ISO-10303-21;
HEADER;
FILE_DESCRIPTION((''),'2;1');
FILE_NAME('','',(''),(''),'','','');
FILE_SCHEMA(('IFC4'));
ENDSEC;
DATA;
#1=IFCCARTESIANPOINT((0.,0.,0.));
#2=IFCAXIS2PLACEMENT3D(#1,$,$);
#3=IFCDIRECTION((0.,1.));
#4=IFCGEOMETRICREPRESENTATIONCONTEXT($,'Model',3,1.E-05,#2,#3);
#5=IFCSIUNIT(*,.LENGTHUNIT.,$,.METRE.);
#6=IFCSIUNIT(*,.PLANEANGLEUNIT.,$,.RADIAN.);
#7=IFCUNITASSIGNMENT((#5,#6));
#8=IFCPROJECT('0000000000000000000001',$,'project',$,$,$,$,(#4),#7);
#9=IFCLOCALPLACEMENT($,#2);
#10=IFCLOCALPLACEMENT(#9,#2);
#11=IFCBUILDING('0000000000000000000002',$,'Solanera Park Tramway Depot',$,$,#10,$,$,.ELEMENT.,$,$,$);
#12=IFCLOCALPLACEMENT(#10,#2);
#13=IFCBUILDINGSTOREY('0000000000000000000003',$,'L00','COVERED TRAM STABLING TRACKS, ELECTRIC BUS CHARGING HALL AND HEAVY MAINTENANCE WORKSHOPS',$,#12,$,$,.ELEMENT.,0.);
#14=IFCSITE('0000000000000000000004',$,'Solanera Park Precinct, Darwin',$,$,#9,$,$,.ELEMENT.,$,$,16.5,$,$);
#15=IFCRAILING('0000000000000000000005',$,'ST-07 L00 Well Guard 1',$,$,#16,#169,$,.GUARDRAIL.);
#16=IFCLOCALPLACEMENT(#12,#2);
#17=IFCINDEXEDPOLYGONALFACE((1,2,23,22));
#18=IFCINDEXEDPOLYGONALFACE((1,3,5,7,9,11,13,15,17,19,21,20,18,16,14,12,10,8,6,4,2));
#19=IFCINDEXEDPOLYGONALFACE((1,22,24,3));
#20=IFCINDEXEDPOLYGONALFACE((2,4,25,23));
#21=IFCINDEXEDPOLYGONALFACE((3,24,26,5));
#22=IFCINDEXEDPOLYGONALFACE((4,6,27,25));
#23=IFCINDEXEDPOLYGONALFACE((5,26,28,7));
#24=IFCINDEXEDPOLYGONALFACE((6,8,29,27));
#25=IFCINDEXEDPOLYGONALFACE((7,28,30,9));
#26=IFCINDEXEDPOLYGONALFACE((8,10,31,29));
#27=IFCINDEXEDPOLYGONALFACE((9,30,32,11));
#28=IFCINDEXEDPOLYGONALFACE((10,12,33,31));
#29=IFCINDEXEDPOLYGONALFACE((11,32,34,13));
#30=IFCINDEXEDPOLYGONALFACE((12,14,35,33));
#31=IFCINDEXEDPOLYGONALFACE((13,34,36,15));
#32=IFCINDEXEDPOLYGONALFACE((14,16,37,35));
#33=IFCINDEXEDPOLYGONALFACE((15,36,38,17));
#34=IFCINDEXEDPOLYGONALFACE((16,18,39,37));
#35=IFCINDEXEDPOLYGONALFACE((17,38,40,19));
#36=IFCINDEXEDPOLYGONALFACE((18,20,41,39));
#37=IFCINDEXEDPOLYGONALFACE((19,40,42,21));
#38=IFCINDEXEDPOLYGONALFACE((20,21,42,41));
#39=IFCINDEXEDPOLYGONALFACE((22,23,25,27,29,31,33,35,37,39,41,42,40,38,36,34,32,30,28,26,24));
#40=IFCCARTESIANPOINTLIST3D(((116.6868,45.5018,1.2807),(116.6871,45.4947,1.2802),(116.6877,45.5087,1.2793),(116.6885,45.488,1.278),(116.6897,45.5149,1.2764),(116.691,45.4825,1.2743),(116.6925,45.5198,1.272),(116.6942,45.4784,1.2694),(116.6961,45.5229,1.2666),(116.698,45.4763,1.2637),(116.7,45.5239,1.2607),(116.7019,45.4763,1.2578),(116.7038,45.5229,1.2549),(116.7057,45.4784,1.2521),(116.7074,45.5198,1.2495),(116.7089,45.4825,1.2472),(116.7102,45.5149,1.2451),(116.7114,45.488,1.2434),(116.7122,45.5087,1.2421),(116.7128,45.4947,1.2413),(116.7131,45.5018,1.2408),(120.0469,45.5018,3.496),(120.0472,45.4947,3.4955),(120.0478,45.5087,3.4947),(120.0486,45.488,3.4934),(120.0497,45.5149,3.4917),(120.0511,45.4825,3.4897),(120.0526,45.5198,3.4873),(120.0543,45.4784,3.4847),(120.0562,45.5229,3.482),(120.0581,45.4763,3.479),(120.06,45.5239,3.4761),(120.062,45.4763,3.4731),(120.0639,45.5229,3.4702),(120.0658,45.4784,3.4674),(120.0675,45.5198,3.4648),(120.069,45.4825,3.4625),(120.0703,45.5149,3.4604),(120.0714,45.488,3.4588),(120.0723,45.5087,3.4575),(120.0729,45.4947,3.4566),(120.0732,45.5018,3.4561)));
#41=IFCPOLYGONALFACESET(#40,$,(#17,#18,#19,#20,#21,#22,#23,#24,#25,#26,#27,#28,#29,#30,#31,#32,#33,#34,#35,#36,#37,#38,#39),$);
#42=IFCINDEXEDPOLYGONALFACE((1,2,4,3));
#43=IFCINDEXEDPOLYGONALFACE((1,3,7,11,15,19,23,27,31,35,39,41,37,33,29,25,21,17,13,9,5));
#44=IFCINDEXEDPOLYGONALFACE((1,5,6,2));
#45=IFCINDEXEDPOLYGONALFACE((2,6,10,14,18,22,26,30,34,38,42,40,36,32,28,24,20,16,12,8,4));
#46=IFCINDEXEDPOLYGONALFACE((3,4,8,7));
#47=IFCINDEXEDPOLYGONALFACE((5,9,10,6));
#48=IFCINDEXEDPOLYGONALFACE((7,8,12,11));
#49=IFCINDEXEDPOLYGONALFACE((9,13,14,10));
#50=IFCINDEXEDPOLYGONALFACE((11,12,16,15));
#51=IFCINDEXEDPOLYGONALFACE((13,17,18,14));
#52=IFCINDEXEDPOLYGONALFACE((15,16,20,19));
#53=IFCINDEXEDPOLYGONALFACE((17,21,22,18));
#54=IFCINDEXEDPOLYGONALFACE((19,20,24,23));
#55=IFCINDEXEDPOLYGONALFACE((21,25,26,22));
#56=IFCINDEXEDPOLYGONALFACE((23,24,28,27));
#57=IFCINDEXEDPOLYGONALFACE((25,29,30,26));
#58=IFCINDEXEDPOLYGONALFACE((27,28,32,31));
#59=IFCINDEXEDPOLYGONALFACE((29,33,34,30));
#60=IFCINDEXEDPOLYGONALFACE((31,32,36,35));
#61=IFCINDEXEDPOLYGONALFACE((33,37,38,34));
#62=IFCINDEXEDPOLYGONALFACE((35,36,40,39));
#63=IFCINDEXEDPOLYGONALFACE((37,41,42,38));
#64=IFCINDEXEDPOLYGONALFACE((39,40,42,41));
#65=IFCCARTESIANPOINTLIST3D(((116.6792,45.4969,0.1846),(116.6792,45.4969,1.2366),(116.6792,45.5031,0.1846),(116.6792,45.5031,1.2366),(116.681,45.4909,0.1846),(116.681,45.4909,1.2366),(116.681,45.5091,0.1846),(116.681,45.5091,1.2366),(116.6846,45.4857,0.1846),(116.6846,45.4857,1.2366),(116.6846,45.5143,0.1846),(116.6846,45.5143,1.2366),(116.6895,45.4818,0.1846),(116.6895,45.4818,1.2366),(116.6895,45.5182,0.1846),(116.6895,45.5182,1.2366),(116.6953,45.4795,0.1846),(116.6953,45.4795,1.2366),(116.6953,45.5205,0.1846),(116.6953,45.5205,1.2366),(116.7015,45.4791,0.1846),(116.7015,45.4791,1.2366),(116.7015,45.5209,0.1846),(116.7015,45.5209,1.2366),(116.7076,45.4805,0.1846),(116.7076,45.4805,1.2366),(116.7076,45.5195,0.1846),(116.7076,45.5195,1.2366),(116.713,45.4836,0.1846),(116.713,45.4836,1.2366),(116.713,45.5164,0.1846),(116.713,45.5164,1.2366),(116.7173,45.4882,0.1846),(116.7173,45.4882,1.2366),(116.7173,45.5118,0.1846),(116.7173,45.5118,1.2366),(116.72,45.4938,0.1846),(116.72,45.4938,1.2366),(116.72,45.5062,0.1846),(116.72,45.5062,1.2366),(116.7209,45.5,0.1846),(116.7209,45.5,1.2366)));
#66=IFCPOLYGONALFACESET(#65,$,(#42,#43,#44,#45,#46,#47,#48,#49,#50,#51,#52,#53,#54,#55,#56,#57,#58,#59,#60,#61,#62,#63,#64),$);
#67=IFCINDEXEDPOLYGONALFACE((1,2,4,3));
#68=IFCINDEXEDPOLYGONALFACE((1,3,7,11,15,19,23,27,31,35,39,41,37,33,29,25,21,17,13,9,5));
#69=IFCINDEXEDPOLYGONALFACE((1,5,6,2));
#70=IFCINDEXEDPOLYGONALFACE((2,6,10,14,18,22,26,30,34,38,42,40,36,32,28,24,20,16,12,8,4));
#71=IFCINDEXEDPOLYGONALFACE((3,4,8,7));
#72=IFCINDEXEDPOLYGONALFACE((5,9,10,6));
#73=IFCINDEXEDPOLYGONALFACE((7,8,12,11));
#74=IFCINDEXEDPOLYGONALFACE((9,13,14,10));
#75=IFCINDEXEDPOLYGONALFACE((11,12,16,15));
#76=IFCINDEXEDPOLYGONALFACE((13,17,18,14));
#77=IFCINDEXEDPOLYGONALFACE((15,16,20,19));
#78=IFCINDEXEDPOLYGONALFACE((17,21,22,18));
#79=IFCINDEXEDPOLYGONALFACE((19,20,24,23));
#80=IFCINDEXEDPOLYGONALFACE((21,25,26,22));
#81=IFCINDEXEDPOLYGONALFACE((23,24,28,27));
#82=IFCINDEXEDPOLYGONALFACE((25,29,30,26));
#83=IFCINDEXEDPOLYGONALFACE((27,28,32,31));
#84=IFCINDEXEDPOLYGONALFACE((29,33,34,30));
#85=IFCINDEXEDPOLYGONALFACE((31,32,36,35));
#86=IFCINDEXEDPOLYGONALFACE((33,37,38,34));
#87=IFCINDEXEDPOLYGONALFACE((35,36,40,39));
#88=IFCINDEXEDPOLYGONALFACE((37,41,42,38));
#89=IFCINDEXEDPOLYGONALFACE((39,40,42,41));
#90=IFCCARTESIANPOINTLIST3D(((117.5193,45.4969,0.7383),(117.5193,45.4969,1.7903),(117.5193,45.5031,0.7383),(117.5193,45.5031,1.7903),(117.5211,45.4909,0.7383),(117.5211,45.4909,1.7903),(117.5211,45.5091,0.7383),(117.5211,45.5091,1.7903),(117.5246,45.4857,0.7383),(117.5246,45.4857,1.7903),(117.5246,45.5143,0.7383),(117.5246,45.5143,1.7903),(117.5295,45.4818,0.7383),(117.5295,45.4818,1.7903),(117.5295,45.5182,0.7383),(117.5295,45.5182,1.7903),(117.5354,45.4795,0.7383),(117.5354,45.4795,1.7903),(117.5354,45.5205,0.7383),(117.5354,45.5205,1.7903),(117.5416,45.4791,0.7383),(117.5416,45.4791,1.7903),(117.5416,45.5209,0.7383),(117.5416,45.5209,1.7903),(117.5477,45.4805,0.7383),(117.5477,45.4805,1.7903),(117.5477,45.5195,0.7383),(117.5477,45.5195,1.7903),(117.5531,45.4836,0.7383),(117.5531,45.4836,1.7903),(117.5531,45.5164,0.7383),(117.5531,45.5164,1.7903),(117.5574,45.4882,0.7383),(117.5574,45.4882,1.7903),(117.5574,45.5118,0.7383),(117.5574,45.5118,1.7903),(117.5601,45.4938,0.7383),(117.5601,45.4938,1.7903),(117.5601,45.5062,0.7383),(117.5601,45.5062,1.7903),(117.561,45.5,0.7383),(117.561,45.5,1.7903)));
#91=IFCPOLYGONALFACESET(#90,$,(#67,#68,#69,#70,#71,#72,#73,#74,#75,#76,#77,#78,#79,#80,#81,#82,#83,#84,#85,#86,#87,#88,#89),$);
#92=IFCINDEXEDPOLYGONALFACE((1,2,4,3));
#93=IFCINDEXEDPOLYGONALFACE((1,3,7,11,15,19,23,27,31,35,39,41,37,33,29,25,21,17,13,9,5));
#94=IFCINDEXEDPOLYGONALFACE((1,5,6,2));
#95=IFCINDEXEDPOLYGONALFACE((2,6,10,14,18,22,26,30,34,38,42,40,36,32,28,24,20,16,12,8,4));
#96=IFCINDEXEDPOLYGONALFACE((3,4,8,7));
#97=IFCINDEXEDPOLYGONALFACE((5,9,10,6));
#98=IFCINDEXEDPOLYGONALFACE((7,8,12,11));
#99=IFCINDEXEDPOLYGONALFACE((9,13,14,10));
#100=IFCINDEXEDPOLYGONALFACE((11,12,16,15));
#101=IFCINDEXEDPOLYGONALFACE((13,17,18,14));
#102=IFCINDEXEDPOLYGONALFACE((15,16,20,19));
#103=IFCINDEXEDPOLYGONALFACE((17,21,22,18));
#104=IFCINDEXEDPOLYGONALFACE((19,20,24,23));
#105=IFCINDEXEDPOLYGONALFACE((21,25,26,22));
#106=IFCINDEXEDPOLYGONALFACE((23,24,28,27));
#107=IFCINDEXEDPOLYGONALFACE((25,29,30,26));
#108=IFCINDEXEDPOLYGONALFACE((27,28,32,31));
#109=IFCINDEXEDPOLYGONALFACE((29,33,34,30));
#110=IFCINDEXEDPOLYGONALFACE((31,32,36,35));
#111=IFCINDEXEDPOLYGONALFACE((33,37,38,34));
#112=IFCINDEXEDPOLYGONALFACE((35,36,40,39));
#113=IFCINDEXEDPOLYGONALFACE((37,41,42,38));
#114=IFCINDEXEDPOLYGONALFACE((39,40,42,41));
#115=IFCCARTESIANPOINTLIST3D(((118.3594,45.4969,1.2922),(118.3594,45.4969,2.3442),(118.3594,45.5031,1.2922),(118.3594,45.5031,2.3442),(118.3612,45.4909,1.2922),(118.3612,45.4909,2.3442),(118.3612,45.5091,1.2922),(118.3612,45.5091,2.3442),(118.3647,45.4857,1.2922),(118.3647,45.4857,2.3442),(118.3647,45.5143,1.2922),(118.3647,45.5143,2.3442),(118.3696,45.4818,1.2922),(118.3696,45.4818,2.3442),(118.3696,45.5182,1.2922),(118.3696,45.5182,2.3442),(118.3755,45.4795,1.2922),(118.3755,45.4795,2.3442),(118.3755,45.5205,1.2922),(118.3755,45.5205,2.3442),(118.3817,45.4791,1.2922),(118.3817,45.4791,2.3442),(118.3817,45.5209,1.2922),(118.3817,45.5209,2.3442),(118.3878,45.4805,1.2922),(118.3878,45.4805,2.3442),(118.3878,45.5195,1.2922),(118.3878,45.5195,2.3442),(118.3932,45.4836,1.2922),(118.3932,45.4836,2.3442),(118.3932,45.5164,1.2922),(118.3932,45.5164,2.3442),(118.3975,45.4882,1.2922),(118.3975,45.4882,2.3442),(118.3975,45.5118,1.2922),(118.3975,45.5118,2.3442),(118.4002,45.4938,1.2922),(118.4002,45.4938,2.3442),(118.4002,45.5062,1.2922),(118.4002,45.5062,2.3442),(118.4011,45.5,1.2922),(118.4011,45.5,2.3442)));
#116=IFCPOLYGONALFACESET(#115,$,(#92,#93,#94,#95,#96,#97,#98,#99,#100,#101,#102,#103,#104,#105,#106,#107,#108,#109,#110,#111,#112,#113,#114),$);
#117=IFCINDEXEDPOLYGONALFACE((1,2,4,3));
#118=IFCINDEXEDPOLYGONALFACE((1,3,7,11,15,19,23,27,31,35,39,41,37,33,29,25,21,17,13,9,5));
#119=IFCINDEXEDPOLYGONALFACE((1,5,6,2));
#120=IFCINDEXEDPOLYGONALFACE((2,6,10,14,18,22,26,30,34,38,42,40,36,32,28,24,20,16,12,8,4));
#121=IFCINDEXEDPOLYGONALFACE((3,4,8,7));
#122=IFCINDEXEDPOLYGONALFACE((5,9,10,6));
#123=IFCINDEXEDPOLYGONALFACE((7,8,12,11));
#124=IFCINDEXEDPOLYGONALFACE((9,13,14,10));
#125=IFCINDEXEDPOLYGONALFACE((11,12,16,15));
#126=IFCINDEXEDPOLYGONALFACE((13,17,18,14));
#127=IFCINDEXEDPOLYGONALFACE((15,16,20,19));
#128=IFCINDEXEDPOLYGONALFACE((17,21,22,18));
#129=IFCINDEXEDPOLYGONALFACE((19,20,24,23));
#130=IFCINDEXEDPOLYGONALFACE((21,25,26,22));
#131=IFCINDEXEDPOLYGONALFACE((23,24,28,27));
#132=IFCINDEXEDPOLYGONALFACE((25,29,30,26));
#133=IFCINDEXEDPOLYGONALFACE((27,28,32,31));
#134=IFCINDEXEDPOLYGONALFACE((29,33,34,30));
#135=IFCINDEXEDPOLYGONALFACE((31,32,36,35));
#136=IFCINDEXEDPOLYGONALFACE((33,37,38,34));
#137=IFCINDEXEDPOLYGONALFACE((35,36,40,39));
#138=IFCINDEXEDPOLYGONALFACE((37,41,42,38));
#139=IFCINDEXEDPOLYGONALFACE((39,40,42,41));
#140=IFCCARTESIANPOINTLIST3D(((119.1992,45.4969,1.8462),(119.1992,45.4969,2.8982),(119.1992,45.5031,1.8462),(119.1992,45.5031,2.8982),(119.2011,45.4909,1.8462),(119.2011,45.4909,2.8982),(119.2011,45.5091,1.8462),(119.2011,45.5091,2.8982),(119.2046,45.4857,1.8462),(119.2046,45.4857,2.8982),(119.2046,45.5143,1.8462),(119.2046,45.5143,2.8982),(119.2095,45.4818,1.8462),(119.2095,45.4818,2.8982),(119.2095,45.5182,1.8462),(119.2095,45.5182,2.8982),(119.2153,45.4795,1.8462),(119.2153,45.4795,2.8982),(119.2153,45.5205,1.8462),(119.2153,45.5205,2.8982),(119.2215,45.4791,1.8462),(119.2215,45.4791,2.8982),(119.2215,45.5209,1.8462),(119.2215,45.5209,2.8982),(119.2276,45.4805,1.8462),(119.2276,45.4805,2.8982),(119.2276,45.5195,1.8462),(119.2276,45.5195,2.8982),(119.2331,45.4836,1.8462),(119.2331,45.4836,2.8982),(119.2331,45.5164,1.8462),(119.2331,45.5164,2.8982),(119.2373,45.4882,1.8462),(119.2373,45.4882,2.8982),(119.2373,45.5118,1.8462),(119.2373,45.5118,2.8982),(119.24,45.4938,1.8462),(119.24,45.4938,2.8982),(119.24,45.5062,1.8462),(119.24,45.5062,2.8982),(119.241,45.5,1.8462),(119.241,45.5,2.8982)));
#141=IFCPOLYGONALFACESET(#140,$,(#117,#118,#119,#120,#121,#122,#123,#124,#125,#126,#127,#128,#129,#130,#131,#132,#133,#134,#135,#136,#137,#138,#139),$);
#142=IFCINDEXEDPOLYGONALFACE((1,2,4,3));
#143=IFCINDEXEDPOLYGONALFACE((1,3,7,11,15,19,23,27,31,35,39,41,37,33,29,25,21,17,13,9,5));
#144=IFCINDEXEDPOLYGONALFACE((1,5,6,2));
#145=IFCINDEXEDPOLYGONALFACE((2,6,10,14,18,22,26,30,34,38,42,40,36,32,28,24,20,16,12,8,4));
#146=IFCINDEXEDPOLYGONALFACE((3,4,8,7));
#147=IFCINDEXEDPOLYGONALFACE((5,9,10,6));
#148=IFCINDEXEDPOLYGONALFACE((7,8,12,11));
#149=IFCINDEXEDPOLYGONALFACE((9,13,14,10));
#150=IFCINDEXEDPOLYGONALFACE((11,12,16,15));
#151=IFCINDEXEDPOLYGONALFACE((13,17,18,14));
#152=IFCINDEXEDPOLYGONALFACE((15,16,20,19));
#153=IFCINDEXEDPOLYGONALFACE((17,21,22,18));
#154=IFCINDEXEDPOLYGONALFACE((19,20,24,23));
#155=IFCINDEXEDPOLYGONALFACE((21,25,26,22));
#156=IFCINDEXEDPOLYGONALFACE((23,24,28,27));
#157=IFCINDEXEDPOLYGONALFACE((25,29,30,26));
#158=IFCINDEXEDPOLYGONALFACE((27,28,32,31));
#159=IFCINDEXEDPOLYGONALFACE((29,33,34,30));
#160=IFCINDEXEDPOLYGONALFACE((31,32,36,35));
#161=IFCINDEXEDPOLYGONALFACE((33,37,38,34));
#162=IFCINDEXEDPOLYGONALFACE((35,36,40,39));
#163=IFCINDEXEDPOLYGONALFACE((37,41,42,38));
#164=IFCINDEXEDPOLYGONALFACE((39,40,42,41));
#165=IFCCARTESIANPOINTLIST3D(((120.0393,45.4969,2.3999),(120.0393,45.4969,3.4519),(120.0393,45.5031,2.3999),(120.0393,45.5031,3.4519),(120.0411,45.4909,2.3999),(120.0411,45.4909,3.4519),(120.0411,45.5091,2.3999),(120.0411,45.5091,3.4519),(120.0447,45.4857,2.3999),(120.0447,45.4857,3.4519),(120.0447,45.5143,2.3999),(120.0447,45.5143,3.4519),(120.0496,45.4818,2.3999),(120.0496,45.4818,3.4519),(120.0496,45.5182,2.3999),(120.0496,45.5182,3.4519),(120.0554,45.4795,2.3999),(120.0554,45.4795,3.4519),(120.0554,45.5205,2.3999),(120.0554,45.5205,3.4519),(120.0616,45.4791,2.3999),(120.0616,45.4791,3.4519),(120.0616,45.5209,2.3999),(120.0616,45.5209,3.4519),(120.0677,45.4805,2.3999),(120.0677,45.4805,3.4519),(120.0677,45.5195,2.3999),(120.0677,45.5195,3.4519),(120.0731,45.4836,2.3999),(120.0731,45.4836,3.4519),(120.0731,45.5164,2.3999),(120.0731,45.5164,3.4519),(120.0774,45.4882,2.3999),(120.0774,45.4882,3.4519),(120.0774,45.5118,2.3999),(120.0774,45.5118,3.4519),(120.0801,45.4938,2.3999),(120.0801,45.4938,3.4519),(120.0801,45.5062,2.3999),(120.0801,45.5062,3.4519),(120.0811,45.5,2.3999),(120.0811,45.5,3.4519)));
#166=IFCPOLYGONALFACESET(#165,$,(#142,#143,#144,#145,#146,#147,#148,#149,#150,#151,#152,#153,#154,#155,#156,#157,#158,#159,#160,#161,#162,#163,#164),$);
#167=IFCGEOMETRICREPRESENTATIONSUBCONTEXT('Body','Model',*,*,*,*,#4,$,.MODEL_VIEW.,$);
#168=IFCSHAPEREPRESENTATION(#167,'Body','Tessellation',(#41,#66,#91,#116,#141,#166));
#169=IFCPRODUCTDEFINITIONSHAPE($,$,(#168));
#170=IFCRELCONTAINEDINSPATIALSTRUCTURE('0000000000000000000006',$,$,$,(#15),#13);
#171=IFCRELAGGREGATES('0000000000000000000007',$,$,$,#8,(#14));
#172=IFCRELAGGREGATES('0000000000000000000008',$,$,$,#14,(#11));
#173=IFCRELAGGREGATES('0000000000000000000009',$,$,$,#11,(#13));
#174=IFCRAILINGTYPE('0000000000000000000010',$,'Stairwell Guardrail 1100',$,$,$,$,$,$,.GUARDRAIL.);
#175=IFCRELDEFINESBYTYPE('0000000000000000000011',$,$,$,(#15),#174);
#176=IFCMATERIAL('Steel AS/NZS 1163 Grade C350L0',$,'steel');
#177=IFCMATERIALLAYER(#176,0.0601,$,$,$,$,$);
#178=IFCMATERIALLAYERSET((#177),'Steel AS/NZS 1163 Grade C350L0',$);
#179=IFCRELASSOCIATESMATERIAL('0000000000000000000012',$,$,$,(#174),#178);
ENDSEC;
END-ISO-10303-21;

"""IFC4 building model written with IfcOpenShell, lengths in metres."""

from ifc_helpers import new_model, si_unit, direction, frame, origin, origin_2d, place, context, subcontext, project, spatial, circle, extrude, material, layer, layer_set, type_object, element, save


model = new_model("IFC4")

# Units and contexts
model_context = context("Model", 3, precision=1e-05, world=origin(), true_north=direction((0.0, 1.0)))
body_context = subcontext(model_context, "Body", "Model", "MODEL_VIEW")
ifc_project = project(units=[si_unit("LENGTHUNIT", "METRE"), si_unit("PLANEANGLEUNIT", "RADIAN")], contexts=[model_context])

# Site, building, storey
site_placement = place(None, origin())
site = spatial("IfcSite", under=ifc_project, at=site_placement, Name="Solanera Park Precinct, Darwin", CompositionType="ELEMENT", RefElevation=16.5)
building_placement = place(site_placement, origin())
building = spatial("IfcBuilding", under=site, at=building_placement, Name="Solanera Park Tramway Depot", CompositionType="ELEMENT")
storey_placement = place(building_placement, origin())
storey = spatial("IfcBuildingStorey", under=building, at=storey_placement, Name="L00", Description="COVERED TRAM STABLING TRACKS, ELECTRIC BUS CHARGING HALL AND HEAVY MAINTENANCE WORKSHOPS", CompositionType="ELEMENT", Elevation=0.0)

# Railing
ifc_material_1 = material(Name="Steel AS/NZS 1163 Grade C350L0", Category="steel")
ifc_layer_1 = layer(ifc_material_1, 0.0601)
ifc_layer_set_1 = layer_set([ifc_layer_1], Name="Steel AS/NZS 1163 Grade C350L0")
railing_type_1 = type_object("IfcRailingType", Name="Stairwell Guardrail 1100", PredefinedType="GUARDRAIL", material=ifc_layer_set_1)
railing_1_placement = place(storey_placement, frame((116.7, 45.5, 0.1846)))
element("IfcRailing", 1, at=railing_1_placement, inside=storey, type_object=railing_type_1, Name="ST-07 L00 Well Guard 1", PredefinedType="GUARDRAIL", context=body_context, shape_type="SweptSolid", body=[
    extrude(circle(Radius=0.0239, at=origin_2d()), frame((0.0, 0.0, 1.0762), z_axis=(0.834876, 0.0, 0.550437), x_axis=(0.0, 1.0, 0.0)), (0.0, 0.0, 1.0), 4.0247),
    extrude(circle(Radius=0.021, at=origin_2d()), origin(), (0.0, 0.0, 1.0), 1.052),
    extrude(circle(Radius=0.021, at=origin_2d()), frame((0.8401, 0.0, 0.5537)), (0.0, 0.0, 1.0), 1.052),
    extrude(circle(Radius=0.021, at=origin_2d()), frame((1.6802, 0.0, 1.1077)), (0.0, 0.0, 1.0), 1.052),
    extrude(circle(Radius=0.021, at=origin_2d()), frame((2.52, 0.0, 1.6616)), (0.0, 0.0, 1.0), 1.052),
    extrude(circle(Radius=0.021, at=origin_2d()), frame((3.3601, 0.0, 2.2153)), (0.0, 0.0, 1.0), 1.052),
])

save(model, "model.ifc")
